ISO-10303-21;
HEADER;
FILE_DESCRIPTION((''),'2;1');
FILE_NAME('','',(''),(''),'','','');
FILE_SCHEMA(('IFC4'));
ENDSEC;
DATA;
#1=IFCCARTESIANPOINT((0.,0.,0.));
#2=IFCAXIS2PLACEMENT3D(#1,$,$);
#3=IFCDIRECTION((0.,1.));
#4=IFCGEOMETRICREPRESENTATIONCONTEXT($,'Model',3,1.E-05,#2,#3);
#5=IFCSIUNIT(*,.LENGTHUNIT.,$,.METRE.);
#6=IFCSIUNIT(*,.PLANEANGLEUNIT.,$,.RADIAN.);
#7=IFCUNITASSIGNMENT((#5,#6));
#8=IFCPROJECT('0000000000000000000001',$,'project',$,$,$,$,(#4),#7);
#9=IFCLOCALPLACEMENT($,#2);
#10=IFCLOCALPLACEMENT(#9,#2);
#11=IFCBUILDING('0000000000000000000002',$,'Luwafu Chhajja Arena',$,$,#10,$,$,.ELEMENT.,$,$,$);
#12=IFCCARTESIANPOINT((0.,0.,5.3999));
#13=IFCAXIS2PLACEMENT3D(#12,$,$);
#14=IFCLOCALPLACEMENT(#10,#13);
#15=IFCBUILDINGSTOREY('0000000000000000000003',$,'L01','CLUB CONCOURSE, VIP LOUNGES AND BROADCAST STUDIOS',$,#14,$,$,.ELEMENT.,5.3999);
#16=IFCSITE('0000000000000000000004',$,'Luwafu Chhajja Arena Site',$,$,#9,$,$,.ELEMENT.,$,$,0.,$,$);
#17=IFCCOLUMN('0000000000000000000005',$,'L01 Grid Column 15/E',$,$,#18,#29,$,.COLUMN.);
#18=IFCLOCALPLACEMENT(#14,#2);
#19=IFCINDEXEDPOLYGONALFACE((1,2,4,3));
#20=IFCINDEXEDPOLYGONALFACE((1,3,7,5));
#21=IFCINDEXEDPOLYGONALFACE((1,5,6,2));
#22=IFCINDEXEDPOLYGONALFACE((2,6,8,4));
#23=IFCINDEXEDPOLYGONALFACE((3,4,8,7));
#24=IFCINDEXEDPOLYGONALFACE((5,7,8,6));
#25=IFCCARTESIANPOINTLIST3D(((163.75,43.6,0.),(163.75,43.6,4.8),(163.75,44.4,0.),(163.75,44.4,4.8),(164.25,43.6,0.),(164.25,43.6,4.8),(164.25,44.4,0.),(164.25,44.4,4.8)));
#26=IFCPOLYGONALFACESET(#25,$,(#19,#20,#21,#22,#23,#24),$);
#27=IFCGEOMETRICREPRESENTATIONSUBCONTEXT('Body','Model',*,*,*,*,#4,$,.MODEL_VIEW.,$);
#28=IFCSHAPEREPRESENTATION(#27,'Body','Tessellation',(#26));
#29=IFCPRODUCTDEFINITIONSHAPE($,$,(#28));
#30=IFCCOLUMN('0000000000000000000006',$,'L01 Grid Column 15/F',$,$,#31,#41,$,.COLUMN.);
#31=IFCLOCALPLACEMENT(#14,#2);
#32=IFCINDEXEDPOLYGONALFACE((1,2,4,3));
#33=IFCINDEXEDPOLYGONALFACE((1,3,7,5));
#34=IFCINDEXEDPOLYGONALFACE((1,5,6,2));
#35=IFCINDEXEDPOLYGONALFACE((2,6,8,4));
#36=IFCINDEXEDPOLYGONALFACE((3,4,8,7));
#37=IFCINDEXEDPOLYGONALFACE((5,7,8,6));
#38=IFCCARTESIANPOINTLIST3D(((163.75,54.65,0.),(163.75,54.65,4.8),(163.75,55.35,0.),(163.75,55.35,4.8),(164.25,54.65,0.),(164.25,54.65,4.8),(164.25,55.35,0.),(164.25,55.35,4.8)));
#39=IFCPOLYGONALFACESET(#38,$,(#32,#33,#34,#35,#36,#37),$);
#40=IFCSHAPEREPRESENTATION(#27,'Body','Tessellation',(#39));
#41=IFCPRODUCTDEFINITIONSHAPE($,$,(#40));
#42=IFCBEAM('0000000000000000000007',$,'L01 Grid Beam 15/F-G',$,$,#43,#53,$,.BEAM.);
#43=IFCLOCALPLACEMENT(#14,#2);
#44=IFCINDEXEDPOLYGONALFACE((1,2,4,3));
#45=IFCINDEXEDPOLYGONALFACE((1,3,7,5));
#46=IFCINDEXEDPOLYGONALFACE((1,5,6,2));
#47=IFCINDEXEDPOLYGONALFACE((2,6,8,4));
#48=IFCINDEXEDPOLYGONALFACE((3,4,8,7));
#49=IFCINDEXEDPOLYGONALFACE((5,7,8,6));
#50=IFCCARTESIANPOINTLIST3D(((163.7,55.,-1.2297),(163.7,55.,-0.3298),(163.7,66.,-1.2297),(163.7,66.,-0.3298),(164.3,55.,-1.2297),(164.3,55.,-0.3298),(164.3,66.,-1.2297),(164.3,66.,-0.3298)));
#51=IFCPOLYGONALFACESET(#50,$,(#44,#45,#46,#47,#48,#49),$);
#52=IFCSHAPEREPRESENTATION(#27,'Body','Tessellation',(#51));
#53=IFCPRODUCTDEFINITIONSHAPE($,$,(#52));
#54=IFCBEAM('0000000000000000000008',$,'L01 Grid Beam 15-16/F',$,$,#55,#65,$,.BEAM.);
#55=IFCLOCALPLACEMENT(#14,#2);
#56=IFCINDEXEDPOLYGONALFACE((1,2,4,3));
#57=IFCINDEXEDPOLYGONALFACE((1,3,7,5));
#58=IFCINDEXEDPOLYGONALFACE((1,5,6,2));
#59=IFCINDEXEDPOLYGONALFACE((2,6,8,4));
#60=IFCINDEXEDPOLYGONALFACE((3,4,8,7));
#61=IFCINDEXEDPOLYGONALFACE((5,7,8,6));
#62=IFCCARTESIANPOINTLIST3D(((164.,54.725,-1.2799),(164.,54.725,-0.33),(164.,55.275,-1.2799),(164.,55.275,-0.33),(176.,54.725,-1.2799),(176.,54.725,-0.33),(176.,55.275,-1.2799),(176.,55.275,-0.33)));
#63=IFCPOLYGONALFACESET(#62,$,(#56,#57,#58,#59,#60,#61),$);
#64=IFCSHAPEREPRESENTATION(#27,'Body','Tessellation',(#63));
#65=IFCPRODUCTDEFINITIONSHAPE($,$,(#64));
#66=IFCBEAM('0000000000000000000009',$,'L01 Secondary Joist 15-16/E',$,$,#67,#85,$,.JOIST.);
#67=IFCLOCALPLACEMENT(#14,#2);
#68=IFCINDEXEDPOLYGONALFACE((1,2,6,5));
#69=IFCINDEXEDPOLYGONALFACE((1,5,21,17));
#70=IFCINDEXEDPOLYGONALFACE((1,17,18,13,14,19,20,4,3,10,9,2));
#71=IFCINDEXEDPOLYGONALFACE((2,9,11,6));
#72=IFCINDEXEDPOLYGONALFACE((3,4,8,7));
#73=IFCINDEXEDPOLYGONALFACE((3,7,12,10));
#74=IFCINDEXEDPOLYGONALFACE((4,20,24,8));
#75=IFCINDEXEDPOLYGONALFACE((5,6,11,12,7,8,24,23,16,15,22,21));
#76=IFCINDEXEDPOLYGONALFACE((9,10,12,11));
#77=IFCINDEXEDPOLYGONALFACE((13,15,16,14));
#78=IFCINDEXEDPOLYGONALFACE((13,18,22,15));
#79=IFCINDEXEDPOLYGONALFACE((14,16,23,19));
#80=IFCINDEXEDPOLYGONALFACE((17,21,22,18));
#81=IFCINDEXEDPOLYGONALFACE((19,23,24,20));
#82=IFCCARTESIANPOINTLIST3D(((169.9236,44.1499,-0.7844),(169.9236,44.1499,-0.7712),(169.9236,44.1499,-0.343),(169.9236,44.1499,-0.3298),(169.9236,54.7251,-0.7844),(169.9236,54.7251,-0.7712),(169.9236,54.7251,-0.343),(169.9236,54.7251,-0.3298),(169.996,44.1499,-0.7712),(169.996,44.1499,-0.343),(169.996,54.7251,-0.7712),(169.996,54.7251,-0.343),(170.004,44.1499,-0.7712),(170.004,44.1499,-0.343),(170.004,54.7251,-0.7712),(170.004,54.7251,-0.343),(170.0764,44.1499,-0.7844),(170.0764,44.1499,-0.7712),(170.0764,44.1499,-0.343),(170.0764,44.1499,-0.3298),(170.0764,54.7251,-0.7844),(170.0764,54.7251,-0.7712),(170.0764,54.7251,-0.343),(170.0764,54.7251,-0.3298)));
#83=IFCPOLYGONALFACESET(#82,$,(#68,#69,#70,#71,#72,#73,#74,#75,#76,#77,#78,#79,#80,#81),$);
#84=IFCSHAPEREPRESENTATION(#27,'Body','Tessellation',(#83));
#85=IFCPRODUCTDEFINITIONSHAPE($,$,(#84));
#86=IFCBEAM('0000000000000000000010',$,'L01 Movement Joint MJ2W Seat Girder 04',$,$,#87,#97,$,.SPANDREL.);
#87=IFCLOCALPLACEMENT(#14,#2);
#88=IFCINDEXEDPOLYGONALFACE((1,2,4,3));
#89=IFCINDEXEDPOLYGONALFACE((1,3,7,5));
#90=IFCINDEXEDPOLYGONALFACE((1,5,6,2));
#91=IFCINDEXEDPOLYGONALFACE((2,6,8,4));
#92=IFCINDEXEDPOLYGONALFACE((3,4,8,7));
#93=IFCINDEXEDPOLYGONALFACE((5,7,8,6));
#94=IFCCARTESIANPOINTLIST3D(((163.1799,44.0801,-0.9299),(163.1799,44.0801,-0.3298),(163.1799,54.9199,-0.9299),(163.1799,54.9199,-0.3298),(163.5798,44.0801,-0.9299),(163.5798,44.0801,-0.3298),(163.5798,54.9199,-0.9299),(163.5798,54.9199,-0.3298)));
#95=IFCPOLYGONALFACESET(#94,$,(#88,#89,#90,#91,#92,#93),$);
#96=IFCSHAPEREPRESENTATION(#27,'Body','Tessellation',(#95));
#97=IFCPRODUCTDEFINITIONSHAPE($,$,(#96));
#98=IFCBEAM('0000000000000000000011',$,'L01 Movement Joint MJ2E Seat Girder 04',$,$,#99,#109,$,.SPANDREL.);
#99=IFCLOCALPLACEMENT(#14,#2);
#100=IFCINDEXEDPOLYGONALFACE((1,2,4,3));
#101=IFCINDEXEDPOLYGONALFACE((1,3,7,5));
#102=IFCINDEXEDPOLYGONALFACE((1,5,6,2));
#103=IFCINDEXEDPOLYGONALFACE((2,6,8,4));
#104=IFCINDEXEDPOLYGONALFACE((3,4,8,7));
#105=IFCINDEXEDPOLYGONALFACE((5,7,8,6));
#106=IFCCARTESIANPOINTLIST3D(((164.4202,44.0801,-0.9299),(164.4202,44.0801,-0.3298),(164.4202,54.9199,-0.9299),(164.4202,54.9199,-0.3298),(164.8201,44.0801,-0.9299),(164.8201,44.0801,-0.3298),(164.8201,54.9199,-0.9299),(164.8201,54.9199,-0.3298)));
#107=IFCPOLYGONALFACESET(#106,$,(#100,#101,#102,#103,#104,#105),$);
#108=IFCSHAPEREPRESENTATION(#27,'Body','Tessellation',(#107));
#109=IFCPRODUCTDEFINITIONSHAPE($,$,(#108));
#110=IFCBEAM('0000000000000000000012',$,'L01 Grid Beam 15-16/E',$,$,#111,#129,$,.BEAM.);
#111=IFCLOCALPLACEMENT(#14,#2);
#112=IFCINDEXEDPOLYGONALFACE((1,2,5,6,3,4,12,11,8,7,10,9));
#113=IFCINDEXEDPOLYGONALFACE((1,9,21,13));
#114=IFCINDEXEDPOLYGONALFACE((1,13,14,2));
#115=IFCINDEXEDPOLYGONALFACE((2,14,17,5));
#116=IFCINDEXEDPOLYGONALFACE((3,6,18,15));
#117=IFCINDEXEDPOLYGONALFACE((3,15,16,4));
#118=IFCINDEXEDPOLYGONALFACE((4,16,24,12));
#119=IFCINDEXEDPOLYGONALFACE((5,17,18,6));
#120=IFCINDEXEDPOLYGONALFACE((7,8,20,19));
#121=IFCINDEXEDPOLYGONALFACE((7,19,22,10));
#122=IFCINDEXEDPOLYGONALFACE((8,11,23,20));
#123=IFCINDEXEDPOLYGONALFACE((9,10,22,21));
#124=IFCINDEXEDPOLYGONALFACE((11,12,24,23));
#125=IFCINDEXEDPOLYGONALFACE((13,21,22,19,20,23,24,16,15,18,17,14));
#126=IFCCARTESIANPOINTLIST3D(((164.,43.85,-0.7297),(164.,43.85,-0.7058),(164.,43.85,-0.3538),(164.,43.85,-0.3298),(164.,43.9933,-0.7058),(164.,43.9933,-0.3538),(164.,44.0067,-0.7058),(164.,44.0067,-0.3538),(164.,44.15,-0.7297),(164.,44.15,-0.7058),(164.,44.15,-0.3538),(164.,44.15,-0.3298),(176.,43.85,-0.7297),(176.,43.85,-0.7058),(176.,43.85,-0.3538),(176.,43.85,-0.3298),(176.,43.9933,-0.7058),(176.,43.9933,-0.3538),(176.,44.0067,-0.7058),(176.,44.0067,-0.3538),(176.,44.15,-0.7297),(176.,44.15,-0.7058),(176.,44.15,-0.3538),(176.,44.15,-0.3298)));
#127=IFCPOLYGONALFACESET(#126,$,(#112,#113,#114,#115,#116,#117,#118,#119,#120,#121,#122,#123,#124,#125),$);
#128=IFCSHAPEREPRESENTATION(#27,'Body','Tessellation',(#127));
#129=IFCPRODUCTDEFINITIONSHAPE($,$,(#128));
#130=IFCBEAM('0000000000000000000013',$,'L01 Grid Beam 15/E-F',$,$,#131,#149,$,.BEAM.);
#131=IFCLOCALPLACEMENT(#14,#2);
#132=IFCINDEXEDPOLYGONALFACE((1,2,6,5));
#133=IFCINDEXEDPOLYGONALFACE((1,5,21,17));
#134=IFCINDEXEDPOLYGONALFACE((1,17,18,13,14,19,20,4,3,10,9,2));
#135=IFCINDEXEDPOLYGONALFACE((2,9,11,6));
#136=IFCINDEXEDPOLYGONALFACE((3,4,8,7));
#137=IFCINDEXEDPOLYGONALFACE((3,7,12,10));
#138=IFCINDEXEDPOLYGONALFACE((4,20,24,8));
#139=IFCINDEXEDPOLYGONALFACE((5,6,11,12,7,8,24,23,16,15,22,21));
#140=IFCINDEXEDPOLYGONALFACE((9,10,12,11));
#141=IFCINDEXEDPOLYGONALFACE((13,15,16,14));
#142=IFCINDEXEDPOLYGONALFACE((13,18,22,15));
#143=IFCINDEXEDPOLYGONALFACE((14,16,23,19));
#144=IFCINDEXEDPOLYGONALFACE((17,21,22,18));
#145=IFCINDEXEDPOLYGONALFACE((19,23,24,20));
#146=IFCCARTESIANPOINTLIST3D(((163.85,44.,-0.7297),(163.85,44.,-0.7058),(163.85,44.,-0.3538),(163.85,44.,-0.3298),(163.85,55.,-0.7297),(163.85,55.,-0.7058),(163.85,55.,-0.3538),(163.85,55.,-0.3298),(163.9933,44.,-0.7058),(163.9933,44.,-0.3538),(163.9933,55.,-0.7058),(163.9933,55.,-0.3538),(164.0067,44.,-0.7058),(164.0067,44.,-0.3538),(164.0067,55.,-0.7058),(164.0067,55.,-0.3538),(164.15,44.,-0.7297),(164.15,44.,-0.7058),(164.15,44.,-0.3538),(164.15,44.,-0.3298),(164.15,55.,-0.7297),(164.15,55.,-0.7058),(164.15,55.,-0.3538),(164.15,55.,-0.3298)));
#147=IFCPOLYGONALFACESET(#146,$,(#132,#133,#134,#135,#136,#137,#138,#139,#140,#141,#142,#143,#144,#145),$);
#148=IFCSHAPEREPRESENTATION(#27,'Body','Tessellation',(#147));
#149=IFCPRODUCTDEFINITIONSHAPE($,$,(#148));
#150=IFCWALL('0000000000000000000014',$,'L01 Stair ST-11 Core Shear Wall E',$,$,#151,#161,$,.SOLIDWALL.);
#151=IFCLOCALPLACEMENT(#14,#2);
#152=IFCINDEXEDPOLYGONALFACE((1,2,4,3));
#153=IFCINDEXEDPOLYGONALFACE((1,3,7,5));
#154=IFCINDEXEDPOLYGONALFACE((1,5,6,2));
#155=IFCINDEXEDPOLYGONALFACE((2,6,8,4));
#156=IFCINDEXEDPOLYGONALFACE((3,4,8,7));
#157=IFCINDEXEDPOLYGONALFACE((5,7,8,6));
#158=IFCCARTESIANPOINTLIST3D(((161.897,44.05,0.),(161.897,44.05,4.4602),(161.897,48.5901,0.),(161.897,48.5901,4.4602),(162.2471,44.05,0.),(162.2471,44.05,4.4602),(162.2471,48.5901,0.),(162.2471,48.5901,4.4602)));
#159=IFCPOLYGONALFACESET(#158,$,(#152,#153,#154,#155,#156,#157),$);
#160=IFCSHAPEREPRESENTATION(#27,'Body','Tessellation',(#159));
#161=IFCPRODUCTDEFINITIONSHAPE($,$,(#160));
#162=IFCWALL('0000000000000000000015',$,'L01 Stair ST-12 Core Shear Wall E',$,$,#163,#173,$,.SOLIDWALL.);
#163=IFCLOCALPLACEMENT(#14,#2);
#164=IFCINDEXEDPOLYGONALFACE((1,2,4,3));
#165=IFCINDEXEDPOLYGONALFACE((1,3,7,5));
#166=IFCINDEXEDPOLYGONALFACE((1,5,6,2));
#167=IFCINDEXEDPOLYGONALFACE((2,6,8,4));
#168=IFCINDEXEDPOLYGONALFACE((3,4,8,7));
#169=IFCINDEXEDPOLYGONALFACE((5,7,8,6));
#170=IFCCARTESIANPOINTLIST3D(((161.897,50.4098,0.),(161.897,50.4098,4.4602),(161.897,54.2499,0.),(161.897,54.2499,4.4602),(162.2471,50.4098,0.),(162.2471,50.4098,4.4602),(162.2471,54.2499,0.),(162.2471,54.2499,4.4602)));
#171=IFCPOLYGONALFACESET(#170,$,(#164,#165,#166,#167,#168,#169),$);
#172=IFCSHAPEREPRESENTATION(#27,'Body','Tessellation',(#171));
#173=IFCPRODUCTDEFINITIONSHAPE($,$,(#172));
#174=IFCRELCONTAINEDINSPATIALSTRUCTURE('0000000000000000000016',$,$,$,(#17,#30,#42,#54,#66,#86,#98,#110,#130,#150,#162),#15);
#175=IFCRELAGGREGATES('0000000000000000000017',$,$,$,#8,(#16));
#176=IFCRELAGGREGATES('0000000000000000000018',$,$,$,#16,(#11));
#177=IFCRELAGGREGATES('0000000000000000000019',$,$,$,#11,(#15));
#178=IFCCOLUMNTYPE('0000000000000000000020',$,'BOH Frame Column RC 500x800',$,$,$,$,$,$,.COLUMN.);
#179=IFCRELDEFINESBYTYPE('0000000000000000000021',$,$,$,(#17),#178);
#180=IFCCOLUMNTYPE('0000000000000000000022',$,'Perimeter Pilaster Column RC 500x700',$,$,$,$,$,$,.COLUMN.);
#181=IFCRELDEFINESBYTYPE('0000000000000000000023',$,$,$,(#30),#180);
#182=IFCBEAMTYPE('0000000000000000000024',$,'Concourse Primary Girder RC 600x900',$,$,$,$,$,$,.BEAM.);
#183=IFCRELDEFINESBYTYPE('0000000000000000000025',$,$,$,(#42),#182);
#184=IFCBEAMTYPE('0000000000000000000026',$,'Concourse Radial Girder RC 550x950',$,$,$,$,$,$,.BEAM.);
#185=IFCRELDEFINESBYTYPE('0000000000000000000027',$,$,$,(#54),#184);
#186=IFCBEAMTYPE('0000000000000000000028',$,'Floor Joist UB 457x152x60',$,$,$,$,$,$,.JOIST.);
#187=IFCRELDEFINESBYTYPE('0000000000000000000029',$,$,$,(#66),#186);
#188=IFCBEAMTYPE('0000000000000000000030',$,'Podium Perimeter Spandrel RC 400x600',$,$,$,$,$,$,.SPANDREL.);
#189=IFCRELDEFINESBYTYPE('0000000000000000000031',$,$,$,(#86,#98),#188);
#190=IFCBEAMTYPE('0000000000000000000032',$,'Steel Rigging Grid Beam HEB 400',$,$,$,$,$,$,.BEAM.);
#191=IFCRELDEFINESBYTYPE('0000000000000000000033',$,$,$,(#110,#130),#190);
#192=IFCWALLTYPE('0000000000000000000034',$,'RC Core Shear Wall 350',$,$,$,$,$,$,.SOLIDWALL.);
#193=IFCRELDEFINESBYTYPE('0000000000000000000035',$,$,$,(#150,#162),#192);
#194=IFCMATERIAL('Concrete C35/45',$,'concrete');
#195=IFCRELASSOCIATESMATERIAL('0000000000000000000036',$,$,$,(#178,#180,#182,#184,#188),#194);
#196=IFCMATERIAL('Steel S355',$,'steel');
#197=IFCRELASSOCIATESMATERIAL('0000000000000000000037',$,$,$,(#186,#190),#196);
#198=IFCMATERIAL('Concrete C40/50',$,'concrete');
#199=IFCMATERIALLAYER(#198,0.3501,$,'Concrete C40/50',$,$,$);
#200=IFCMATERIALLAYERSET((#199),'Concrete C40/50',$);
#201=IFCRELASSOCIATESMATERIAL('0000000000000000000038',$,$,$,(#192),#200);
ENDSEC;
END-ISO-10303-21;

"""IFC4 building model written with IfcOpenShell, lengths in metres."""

from ifc_helpers import new_model, si_unit, direction, frame, frame_2d, origin, origin_2d, place, context, subcontext, project, spatial, rectangle, i_section, extrude, material, layer, layer_set, material_profile, profile_set, type_object, element, save


model = new_model("IFC4")

# Units and contexts
model_context = context("Model", 3, precision=1e-05, world=origin(), true_north=direction((0.0, 1.0)))
body_context = subcontext(model_context, "Body", "Model", "MODEL_VIEW")
ifc_project = project(units=[si_unit("LENGTHUNIT", "METRE"), si_unit("PLANEANGLEUNIT", "RADIAN")], contexts=[model_context])

# Site, building, storey
site_placement = place(None, origin())
site = spatial("IfcSite", under=ifc_project, at=site_placement, Name="Luwafu Chhajja Arena Site", CompositionType="ELEMENT", RefElevation=0.0)
building_placement = place(site_placement, origin())
building = spatial("IfcBuilding", under=site, at=building_placement, Name="Luwafu Chhajja Arena", CompositionType="ELEMENT")
storey_placement = place(building_placement, frame((0.0, 0.0, 5.3999)))
storey = spatial("IfcBuildingStorey", under=building, at=storey_placement, Name="L01", Description="CLUB CONCOURSE, VIP LOUNGES AND BROADCAST STUDIOS", CompositionType="ELEMENT", Elevation=5.3999)

# Columns
ifc_material_1 = material(Name="Concrete C35/45", Category="concrete")
ifc_material_profile_1 = material_profile(ifc_material_1, rectangle(XDim=0.5, YDim=0.8, at=origin_2d()), Name="RC 500x800")
ifc_profile_set_1 = profile_set([ifc_material_profile_1], Name="Concrete C35/45")
column_type_1 = type_object("IfcColumnType", Name="BOH Frame Column RC 500x800", PredefinedType="COLUMN", material=ifc_profile_set_1)
column_1_placement = place(storey_placement, frame((164.0, 44.0, 0.0), z_axis=(0.0, 0.0, 1.0), x_axis=(1.0, 0.0, 0.0)))
element("IfcColumn", 1, at=column_1_placement, inside=storey, type_object=column_type_1, Name="L01 Grid Column 15/E", PredefinedType="COLUMN", context=body_context, shape_type="SweptSolid", body=[
    extrude(rectangle(XDim=0.5, YDim=0.8, at=origin_2d()), origin(), (0.0, 0.0, 1.0), 4.8),
])
ifc_material_profile_2 = material_profile(ifc_material_1, rectangle(XDim=0.5, YDim=0.7, at=origin_2d()), Name="RC 500x700")
ifc_profile_set_2 = profile_set([ifc_material_profile_2], Name="Concrete C35/45")
column_type_2 = type_object("IfcColumnType", Name="Perimeter Pilaster Column RC 500x700", PredefinedType="COLUMN", material=ifc_profile_set_2)
column_2_placement = place(storey_placement, frame((164.0, 55.0, 0.0), z_axis=(0.0, 0.0, 1.0), x_axis=(1.0, 0.0, 0.0)))
element("IfcColumn", 2, at=column_2_placement, inside=storey, type_object=column_type_2, Name="L01 Grid Column 15/F", PredefinedType="COLUMN", context=body_context, shape_type="SweptSolid", body=[
    extrude(rectangle(XDim=0.5, YDim=0.7, at=origin_2d()), origin(), (0.0, 0.0, 1.0), 4.8),
])

# Beams
ifc_material_profile_3 = material_profile(ifc_material_1, rectangle(XDim=0.6001, YDim=0.8999, at=origin_2d()), Name="RC 600x900")
ifc_profile_set_3 = profile_set([ifc_material_profile_3], Name="Concrete C35/45")
beam_type_1 = type_object("IfcBeamType", Name="Concourse Primary Girder RC 600x900", PredefinedType="BEAM", material=ifc_profile_set_3)
beam_1_placement = place(storey_placement, frame((164.0, 55.0, -0.7798), z_axis=(0.0, 1.0, 0.0), x_axis=(-1.0, 0.0, 0.0)))
element("IfcBeam", 3, at=beam_1_placement, inside=storey, type_object=beam_type_1, Name="L01 Grid Beam 15/F-G", PredefinedType="BEAM", context=body_context, shape_type="SweptSolid", body=[
    extrude(rectangle(XDim=0.6001, YDim=0.8999, at=origin_2d()), origin(), (0.0, 0.0, 1.0), 11.0),
])
ifc_material_profile_4 = material_profile(ifc_material_1, rectangle(XDim=0.55, YDim=0.95, at=origin_2d()), Name="RC 550x950")
ifc_profile_set_4 = profile_set([ifc_material_profile_4], Name="Concrete C35/45")
beam_type_2 = type_object("IfcBeamType", Name="Concourse Radial Girder RC 550x950", PredefinedType="BEAM", material=ifc_profile_set_4)
beam_2_placement = place(storey_placement, frame((164.0, 55.0, -0.8049), z_axis=(1.0, 0.0, 0.0), x_axis=(0.0, 1.0, 0.0)))
element("IfcBeam", 4, at=beam_2_placement, inside=storey, type_object=beam_type_2, Name="L01 Grid Beam 15-16/F", PredefinedType="BEAM", context=body_context, shape_type="SweptSolid", body=[
    extrude(rectangle(XDim=0.55, YDim=0.95, at=origin_2d()), origin(), (0.0, 0.0, 1.0), 12.0),
])
ifc_material_2 = material(Name="Steel S355", Category="steel")
ifc_material_profile_5 = material_profile(ifc_material_2, i_section(OverallWidth=0.1528, OverallDepth=0.4546, WebThickness=0.0081, FlangeThickness=0.0132, at=origin_2d()), Name="UB 457x152x60")
ifc_profile_set_5 = profile_set([ifc_material_profile_5], Name="Steel S355")
beam_type_3 = type_object("IfcBeamType", Name="Floor Joist UB 457x152x60", PredefinedType="JOIST", material=ifc_profile_set_5)
beam_3_placement = place(storey_placement, frame((170.0, 44.1499, -0.5571), z_axis=(0.0, 1.0, 0.0), x_axis=(-1.0, 0.0, 0.0)))
element("IfcBeam", 5, at=beam_3_placement, inside=storey, type_object=beam_type_3, Name="L01 Secondary Joist 15-16/E", PredefinedType="JOIST", context=body_context, shape_type="SweptSolid", body=[
    extrude(i_section(OverallWidth=0.1528, OverallDepth=0.4546, WebThickness=0.0081, FlangeThickness=0.0132, at=origin_2d()), origin(), (0.0, 0.0, 1.0), 10.5752),
])
ifc_material_profile_6 = material_profile(ifc_material_1, rectangle(XDim=0.3999, YDim=0.6001, at=origin_2d()), Name="RC 400x600")
ifc_profile_set_6 = profile_set([ifc_material_profile_6], Name="Concrete C35/45")
beam_type_4 = type_object("IfcBeamType", Name="Podium Perimeter Spandrel RC 400x600", PredefinedType="SPANDREL", material=ifc_profile_set_6)
for number, where, z_axis, x_axis, name in (
    (6, (163.3799, 44.0801, -0.6299), (0.0, 1.0, 0.0), (-1.0, 0.0, 0.0), "L01 Movement Joint MJ2W Seat Girder 04"),
    (7, (164.6201, 44.0801, -0.6299), (0.0, 1.0, 0.0), (-1.0, 0.0, 0.0), "L01 Movement Joint MJ2E Seat Girder 04"),
):
    element("IfcBeam", number, at=place(storey_placement, frame(where, z_axis=z_axis, x_axis=x_axis)), inside=storey, type_object=beam_type_4, Name=name, PredefinedType="SPANDREL", context=body_context, shape_type="SweptSolid", body=[
        extrude(rectangle(XDim=0.3999, YDim=0.6001, at=origin_2d()), origin(), (0.0, 0.0, 1.0), 10.8398),
    ])
ifc_material_profile_7 = material_profile(ifc_material_2, i_section(OverallWidth=0.3, OverallDepth=0.3999, WebThickness=0.0134, FlangeThickness=0.0239, at=origin_2d()), Name="HEB 400")
ifc_profile_set_7 = profile_set([ifc_material_profile_7], Name="Steel S355")
beam_type_5 = type_object("IfcBeamType", Name="Steel Rigging Grid Beam HEB 400", PredefinedType="BEAM", material=ifc_profile_set_7)
beam_4_placement = place(storey_placement, frame((164.0, 44.0, -0.5298), z_axis=(1.0, 0.0, 0.0), x_axis=(0.0, 1.0, 0.0)))
element("IfcBeam", 8, at=beam_4_placement, inside=storey, type_object=beam_type_5, Name="L01 Grid Beam 15-16/E", PredefinedType="BEAM", context=body_context, shape_type="SweptSolid", body=[
    extrude(i_section(OverallWidth=0.3, OverallDepth=0.3999, WebThickness=0.0134, FlangeThickness=0.0239, at=origin_2d()), origin(), (0.0, 0.0, 1.0), 12.0),
])
beam_5_placement = place(storey_placement, frame((164.0, 44.0, -0.5298), z_axis=(0.0, 1.0, 0.0), x_axis=(-1.0, 0.0, 0.0)))
element("IfcBeam", 9, at=beam_5_placement, inside=storey, type_object=beam_type_5, Name="L01 Grid Beam 15/E-F", PredefinedType="BEAM", context=body_context, shape_type="SweptSolid", body=[
    extrude(i_section(OverallWidth=0.3, OverallDepth=0.3999, WebThickness=0.0134, FlangeThickness=0.0239, at=origin_2d()), origin(), (0.0, 0.0, 1.0), 11.0),
])

# Walls
ifc_material_3 = material(Name="Concrete C40/50", Category="concrete")
ifc_layer_1 = layer(ifc_material_3, 0.3501, Name="Concrete C40/50")
ifc_layer_set_1 = layer_set([ifc_layer_1], Name="Concrete C40/50")
wall_type = type_object("IfcWallType", Name="RC Core Shear Wall 350", PredefinedType="SOLIDWALL", material=ifc_layer_set_1)
wall_1_placement = place(storey_placement, frame((162.072, 44.05, 0.0), z_axis=(0.0, 0.0, 1.0), x_axis=(0.0, 1.0, 0.0)))
element("IfcWall", 10, at=wall_1_placement, inside=storey, type_object=wall_type, Name="L01 Stair ST-11 Core Shear Wall E", PredefinedType="SOLIDWALL", context=body_context, shape_type="SweptSolid", body=[
    extrude(rectangle(XDim=4.54, YDim=0.3501, at=frame_2d((2.27, 0.0))), origin(), (0.0, 0.0, 1.0), 4.4602),
])
wall_2_placement = place(storey_placement, frame((162.072, 50.4099, 0.0), z_axis=(0.0, 0.0, 1.0), x_axis=(0.0, 1.0, 0.0)))
element("IfcWall", 11, at=wall_2_placement, inside=storey, type_object=wall_type, Name="L01 Stair ST-12 Core Shear Wall E", PredefinedType="SOLIDWALL", context=body_context, shape_type="SweptSolid", body=[
    extrude(rectangle(XDim=3.8401, YDim=0.3501, at=frame_2d((1.9199, 0.0))), origin(), (0.0, 0.0, 1.0), 4.4602),
])

save(model, "model.ifc")
